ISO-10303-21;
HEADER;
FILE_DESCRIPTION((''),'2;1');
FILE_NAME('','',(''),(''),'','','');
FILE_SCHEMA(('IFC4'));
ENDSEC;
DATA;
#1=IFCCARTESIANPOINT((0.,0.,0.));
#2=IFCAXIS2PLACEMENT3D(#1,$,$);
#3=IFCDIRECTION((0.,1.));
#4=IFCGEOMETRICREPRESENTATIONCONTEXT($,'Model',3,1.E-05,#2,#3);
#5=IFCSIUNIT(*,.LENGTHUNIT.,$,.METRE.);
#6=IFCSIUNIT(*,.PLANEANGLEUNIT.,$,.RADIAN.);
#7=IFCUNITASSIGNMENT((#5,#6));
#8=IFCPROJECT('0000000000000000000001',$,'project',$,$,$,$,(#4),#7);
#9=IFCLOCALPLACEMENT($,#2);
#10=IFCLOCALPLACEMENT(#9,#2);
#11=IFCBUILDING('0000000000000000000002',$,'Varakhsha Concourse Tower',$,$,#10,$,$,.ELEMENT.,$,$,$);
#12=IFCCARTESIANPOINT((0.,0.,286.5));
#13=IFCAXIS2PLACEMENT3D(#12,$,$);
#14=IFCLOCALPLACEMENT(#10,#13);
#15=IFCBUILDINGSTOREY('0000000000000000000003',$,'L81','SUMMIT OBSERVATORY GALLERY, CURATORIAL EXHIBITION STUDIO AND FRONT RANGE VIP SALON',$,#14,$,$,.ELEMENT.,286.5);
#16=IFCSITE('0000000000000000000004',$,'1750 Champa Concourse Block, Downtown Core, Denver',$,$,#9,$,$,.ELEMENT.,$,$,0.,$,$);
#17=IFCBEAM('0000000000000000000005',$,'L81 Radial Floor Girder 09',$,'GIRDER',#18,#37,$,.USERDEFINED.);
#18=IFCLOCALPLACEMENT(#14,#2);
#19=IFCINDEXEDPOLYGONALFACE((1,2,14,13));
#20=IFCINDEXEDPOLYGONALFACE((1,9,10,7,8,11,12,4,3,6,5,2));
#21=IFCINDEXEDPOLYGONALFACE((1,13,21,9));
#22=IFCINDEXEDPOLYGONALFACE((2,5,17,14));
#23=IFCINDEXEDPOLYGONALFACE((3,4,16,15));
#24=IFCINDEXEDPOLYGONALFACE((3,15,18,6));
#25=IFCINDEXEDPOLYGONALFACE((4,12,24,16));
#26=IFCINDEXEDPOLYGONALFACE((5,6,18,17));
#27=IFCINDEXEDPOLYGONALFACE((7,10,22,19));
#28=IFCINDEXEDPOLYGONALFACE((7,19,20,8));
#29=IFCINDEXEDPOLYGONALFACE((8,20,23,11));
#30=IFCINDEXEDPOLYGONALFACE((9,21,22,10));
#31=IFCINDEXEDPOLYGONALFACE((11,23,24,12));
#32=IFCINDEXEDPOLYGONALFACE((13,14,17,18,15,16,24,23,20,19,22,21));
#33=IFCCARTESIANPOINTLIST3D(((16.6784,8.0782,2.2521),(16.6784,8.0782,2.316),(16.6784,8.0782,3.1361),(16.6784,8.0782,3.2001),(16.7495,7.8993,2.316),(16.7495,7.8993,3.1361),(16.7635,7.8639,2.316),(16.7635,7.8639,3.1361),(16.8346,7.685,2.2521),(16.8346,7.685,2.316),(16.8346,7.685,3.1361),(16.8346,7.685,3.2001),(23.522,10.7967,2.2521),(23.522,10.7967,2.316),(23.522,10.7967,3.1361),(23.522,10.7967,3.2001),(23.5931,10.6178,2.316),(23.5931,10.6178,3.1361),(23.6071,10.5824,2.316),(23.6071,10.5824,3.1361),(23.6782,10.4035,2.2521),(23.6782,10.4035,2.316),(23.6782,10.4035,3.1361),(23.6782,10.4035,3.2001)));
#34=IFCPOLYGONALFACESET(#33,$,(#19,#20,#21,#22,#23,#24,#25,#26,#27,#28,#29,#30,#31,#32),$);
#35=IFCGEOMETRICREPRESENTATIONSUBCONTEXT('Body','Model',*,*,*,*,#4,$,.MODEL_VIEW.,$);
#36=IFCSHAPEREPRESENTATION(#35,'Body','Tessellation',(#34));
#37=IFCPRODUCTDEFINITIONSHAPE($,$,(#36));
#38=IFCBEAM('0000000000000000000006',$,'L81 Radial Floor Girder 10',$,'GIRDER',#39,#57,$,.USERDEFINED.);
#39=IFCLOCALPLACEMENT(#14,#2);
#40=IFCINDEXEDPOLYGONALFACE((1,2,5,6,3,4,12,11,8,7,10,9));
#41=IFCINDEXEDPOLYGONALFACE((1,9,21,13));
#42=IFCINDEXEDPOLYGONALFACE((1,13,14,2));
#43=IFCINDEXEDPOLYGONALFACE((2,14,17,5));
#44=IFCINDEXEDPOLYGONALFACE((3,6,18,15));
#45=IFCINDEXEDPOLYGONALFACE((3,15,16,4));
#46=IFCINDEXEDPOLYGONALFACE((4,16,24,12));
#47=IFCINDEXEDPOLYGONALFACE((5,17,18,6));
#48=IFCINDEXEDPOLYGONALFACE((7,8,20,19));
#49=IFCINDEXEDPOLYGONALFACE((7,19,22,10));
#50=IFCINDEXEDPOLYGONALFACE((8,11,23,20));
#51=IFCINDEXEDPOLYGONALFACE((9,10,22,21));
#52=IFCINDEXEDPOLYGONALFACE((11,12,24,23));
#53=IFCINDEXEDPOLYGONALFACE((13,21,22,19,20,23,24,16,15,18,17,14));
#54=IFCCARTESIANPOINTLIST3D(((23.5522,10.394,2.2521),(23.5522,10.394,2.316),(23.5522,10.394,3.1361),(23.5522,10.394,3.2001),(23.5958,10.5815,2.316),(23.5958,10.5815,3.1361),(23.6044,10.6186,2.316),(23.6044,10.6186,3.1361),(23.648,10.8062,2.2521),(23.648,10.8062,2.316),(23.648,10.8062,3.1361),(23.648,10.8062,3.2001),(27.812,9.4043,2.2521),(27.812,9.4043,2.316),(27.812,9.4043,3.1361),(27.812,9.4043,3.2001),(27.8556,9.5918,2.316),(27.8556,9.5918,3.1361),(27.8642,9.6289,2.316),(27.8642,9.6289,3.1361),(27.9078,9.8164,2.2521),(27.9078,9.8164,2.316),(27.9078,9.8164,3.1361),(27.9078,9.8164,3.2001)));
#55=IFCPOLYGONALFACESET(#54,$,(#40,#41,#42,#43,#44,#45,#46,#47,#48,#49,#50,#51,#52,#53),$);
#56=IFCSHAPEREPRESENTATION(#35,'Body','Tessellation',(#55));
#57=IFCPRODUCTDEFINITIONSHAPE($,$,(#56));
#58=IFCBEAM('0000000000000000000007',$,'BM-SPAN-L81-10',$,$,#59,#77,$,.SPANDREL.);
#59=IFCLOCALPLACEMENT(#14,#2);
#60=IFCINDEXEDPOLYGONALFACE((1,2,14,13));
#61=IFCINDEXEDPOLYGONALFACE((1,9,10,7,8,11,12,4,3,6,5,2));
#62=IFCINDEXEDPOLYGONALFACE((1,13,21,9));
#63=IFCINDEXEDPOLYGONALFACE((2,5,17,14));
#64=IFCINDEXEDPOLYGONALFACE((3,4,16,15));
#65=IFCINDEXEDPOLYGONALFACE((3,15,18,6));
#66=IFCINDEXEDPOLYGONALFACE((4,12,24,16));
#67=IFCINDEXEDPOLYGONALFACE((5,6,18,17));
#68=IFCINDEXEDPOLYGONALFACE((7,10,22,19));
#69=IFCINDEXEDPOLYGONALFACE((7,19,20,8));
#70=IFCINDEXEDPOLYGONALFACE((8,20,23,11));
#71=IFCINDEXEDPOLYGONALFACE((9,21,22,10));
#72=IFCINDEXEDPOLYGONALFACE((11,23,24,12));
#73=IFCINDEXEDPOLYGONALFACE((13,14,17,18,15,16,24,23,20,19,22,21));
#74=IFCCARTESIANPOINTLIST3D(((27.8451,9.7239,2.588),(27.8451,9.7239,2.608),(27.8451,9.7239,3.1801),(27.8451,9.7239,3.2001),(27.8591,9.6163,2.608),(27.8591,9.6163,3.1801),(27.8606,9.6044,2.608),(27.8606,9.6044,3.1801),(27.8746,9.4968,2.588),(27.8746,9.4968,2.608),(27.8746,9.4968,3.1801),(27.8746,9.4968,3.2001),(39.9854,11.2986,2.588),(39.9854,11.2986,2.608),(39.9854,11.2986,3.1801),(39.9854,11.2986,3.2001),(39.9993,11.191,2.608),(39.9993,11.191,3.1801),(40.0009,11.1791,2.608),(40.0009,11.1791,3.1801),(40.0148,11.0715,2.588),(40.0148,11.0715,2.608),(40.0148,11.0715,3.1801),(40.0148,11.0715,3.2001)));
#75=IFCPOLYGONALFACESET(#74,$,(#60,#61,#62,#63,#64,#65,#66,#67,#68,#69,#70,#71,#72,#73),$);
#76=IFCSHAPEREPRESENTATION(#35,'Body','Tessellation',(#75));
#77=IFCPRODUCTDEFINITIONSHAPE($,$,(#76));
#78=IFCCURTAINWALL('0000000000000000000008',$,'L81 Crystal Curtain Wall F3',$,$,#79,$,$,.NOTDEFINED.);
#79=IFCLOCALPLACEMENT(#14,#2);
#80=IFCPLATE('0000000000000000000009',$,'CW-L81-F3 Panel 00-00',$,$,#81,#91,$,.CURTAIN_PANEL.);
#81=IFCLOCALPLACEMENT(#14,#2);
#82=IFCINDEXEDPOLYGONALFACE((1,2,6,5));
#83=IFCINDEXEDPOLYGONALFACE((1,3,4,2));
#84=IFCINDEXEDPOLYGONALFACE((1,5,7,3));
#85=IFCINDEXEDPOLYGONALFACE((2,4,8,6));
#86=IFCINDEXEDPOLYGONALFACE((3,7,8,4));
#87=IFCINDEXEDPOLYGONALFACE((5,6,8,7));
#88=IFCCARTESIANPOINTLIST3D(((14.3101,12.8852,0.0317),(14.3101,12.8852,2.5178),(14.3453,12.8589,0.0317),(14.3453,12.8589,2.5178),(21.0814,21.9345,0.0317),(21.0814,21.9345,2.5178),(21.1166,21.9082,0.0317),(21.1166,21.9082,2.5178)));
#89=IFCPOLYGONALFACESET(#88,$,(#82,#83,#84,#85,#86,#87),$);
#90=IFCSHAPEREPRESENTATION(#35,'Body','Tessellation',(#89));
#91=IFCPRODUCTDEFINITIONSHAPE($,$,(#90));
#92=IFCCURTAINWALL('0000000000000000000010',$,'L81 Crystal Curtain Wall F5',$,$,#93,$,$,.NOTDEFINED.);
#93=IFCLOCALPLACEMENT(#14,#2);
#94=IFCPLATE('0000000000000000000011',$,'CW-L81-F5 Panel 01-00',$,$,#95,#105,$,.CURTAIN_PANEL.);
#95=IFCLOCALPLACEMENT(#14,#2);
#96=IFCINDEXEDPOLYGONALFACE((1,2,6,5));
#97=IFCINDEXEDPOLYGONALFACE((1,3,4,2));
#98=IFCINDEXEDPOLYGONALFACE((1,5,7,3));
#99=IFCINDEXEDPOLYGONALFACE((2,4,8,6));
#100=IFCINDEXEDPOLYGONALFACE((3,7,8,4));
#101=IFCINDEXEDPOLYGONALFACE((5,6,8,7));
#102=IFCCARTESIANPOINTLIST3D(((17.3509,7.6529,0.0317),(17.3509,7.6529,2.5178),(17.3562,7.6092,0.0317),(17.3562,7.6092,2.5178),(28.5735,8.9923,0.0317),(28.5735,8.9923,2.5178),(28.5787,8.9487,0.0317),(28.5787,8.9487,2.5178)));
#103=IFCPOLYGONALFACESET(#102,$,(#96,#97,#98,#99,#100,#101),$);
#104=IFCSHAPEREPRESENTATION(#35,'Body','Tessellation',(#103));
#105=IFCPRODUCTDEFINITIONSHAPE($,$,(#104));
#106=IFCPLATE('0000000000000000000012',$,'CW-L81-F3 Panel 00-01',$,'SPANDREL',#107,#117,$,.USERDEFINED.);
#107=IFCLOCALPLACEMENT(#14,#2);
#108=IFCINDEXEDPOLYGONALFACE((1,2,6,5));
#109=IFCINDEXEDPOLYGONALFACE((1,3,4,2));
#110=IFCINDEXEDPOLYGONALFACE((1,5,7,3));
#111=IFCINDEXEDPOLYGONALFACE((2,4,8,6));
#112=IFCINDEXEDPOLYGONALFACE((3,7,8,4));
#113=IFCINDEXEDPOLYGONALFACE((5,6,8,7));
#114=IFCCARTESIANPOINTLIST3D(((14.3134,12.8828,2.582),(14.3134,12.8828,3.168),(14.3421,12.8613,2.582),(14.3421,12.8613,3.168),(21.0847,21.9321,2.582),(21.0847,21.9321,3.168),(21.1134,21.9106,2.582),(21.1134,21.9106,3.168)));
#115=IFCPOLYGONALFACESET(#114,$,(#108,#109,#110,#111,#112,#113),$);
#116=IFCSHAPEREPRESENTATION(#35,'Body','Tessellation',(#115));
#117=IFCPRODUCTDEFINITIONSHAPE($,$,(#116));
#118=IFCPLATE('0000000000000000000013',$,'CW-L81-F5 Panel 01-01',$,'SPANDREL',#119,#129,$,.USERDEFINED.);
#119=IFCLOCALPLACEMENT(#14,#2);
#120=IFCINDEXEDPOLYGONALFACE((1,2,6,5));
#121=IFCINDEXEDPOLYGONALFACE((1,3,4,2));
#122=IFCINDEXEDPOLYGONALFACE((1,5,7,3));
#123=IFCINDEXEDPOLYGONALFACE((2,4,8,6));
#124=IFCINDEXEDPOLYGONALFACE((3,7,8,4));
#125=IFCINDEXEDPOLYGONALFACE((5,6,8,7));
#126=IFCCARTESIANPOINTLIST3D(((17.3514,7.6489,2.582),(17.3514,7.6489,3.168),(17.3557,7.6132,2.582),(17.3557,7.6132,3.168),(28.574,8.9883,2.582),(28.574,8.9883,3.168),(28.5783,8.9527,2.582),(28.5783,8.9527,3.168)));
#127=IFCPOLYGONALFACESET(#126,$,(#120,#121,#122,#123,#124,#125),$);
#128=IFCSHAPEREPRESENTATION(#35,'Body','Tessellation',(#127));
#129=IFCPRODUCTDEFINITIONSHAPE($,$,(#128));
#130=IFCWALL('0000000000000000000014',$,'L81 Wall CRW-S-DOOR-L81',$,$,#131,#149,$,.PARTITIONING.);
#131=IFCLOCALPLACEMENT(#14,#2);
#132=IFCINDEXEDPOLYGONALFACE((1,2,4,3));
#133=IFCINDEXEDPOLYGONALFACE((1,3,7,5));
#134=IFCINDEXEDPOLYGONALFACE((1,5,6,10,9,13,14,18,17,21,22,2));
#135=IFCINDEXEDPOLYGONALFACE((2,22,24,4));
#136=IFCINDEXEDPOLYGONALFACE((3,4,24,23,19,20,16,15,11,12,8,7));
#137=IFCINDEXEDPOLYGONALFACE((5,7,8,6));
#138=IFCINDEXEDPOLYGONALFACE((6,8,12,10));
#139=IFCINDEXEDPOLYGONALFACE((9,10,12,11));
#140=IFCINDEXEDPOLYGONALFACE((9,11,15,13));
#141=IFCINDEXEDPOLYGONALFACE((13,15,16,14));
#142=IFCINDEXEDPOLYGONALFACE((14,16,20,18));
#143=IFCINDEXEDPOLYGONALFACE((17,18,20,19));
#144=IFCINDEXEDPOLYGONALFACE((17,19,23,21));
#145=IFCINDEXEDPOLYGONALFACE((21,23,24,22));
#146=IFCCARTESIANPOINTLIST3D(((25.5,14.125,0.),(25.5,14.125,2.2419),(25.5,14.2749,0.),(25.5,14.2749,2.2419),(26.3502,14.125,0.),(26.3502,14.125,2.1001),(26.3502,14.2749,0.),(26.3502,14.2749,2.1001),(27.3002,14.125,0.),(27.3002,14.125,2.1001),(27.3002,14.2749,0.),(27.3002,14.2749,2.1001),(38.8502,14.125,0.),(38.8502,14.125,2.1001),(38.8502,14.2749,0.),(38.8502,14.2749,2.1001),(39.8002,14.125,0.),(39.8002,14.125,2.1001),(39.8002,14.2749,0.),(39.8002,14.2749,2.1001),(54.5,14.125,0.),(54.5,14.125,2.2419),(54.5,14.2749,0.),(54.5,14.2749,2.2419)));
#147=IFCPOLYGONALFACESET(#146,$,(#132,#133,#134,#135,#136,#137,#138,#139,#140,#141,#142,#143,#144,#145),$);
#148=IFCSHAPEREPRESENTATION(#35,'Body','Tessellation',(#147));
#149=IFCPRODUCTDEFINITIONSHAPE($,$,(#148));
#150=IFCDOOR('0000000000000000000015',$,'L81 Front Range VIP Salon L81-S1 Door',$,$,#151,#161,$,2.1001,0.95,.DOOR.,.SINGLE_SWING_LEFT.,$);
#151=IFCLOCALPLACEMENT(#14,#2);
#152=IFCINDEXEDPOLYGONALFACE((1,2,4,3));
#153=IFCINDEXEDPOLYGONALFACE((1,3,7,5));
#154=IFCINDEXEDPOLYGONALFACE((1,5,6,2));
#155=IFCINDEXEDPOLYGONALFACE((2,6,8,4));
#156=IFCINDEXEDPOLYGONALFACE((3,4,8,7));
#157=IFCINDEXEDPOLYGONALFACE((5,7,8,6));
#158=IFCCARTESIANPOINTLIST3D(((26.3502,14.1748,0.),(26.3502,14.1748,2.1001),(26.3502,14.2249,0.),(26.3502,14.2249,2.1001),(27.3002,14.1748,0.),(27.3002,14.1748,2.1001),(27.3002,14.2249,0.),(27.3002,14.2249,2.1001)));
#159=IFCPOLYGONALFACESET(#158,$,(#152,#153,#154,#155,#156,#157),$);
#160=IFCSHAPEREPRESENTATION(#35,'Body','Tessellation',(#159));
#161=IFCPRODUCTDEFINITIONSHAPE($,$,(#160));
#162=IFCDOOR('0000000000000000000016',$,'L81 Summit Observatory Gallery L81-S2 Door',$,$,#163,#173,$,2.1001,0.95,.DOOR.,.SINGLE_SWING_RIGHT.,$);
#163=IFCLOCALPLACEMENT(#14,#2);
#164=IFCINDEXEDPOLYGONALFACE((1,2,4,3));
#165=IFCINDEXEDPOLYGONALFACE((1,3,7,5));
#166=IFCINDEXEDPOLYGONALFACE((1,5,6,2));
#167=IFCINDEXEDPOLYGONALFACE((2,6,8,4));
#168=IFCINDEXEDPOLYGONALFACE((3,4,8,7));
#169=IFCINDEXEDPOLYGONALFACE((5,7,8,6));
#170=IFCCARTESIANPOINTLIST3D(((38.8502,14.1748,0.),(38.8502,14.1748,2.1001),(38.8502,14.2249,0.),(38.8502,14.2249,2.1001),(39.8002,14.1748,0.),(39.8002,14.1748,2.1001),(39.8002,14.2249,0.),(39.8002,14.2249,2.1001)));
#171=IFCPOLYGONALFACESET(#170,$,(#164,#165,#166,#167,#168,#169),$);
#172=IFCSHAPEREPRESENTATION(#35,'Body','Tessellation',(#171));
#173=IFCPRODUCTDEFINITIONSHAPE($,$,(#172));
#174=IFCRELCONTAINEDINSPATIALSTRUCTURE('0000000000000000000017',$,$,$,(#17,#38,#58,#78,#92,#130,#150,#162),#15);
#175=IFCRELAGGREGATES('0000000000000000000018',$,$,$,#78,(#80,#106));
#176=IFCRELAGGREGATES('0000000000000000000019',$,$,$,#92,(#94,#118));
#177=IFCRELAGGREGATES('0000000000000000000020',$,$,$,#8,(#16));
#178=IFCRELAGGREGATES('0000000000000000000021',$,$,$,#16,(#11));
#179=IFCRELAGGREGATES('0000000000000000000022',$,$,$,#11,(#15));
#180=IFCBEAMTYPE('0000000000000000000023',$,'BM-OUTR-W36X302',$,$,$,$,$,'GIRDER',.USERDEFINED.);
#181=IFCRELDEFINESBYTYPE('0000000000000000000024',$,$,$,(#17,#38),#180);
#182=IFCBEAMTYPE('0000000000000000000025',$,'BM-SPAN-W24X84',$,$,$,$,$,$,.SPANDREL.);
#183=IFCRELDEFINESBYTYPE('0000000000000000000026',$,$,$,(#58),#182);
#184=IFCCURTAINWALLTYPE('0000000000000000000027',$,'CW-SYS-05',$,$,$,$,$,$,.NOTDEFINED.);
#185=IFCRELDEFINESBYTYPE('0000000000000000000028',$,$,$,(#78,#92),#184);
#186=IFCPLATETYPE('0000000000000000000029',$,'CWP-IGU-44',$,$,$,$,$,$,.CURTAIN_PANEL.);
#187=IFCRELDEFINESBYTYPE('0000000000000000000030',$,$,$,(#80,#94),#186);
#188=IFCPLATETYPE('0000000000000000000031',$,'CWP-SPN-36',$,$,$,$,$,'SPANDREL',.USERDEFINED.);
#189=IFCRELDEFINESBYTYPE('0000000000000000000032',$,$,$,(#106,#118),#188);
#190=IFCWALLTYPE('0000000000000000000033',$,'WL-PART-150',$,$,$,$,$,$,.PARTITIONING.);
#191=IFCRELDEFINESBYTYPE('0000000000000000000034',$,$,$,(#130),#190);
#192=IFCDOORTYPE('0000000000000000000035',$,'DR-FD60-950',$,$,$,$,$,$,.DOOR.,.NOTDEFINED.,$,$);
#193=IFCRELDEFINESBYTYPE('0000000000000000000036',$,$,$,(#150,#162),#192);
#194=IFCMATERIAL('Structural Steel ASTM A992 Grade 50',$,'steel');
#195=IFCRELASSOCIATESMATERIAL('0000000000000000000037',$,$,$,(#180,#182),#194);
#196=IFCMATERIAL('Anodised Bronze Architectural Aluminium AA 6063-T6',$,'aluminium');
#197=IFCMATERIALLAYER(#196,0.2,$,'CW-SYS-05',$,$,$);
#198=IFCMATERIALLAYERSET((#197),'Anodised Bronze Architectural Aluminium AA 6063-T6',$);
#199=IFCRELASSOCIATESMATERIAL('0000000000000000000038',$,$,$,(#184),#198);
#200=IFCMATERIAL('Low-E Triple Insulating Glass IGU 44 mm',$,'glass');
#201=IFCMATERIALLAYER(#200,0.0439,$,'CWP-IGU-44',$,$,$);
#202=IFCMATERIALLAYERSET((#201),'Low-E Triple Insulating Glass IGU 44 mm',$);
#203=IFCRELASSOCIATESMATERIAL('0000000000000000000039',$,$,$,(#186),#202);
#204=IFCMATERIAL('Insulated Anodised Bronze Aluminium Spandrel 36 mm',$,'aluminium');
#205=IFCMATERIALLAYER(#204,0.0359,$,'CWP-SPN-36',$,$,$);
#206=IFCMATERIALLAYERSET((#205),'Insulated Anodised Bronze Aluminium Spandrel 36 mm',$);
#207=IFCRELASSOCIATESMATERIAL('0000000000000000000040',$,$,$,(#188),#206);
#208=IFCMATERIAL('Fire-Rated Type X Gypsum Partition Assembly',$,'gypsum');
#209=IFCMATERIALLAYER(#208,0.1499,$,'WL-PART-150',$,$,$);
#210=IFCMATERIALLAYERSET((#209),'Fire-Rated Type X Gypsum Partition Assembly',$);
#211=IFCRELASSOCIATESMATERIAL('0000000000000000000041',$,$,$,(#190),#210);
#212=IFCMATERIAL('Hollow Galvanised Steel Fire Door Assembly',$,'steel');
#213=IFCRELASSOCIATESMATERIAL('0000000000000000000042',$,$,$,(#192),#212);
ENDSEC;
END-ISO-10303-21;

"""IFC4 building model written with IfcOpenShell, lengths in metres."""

from ifc_helpers import new_model, si_unit, direction, frame, frame_2d, origin, origin_2d, place, context, subcontext, project, spatial, rectangle, i_section, extrude, source, transform, mapped, material, layer, layer_set, material_profile, profile_set, type_object, type_shapes, element, fill, aggregate, save


model = new_model("IFC4")

# Units and contexts
model_context = context("Model", 3, precision=1e-05, world=origin(), true_north=direction((0.0, 1.0)))
body_context = subcontext(model_context, "Body", "Model", "MODEL_VIEW")
ifc_project = project(units=[si_unit("LENGTHUNIT", "METRE"), si_unit("PLANEANGLEUNIT", "RADIAN")], contexts=[model_context])

# Site, building, storey
site_placement = place(None, origin())
site = spatial("IfcSite", under=ifc_project, at=site_placement, Name="1750 Champa Concourse Block, Downtown Core, Denver", CompositionType="ELEMENT", RefElevation=0.0)
building_placement = place(site_placement, origin())
building = spatial("IfcBuilding", under=site, at=building_placement, Name="Varakhsha Concourse Tower", CompositionType="ELEMENT")
storey_placement = place(building_placement, frame((0.0, 0.0, 286.5)))
storey = spatial("IfcBuildingStorey", under=building, at=storey_placement, Name="L81", Description="SUMMIT OBSERVATORY GALLERY, CURATORIAL EXHIBITION STUDIO AND FRONT RANGE VIP SALON", CompositionType="ELEMENT", Elevation=286.5)

# Shared definitions
ifc_material_1 = material(Name="Structural Steel ASTM A992 Grade 50", Category="steel")

# Beams
ifc_material_profile_1 = material_profile(ifc_material_1, i_section(OverallWidth=0.4231, OverallDepth=0.948, WebThickness=0.0381, FlangeThickness=0.064, at=origin_2d()), Name="W36X302")
ifc_profile_set_1 = profile_set([ifc_material_profile_1], Name="Structural Steel ASTM A992 Grade 50")
beam_type_1 = type_object("IfcBeamType", Name="BM-OUTR-W36X302", ElementType="GIRDER", PredefinedType="USERDEFINED", material=ifc_profile_set_1)
beam_1_placement = place(storey_placement, frame((23.6001, 10.6001, 2.7261), z_axis=(-0.929359, -0.369177, 0.0), x_axis=(0.369177, -0.929359, 0.0)))
element("IfcBeam", 1, at=beam_1_placement, inside=storey, type_object=beam_type_1, Name="L81 Radial Floor Girder 09", ObjectType="GIRDER", PredefinedType="USERDEFINED", context=body_context, shape_type="SweptSolid", body=[
    extrude(i_section(OverallWidth=0.4231, OverallDepth=0.948, WebThickness=0.0381, FlangeThickness=0.064, at=origin_2d()), origin(), (0.0, 0.0, 1.0), 7.3638),
])
beam_2_placement = place(storey_placement, frame((23.6001, 10.6001, 2.7261), z_axis=(0.974053, -0.226319, 0.0), x_axis=(0.226319, 0.974053, 0.0)))
element("IfcBeam", 2, at=beam_2_placement, inside=storey, type_object=beam_type_1, Name="L81 Radial Floor Girder 10", ObjectType="GIRDER", PredefinedType="USERDEFINED", context=body_context, shape_type="SweptSolid", body=[
    extrude(i_section(OverallWidth=0.4231, OverallDepth=0.948, WebThickness=0.0381, FlangeThickness=0.064, at=origin_2d()), origin(), (0.0, 0.0, 1.0), 4.3733),
])
ifc_material_profile_2 = material_profile(ifc_material_1, i_section(OverallWidth=0.229, OverallDepth=0.6121, WebThickness=0.012, FlangeThickness=0.02, at=origin_2d()), Name="W24X84")
ifc_profile_set_2 = profile_set([ifc_material_profile_2], Name="Structural Steel ASTM A992 Grade 50")
beam_type_2 = type_object("IfcBeamType", Name="BM-SPAN-W24X84", PredefinedType="SPANDREL", material=ifc_profile_set_2)
beam_3_placement = place(storey_placement, frame((27.8599, 9.6104, 2.894), z_axis=(0.991692, 0.128633, 0.0), x_axis=(-0.128633, 0.991692, 0.0)))
element("IfcBeam", 3, at=beam_3_placement, inside=storey, type_object=beam_type_2, Name="BM-SPAN-L81-10", PredefinedType="SPANDREL", context=body_context, shape_type="SweptSolid", body=[
    extrude(i_section(OverallWidth=0.229, OverallDepth=0.6121, WebThickness=0.012, FlangeThickness=0.02, at=origin_2d()), origin(), (0.0, 0.0, 1.0), 12.2419),
])

# Curtain walls, plates
ifc_material_2 = material(Name="Anodised Bronze Architectural Aluminium AA 6063-T6", Category="aluminium")
ifc_layer_1 = layer(ifc_material_2, 0.2, Name="CW-SYS-05")
ifc_layer_set_1 = layer_set([ifc_layer_1], Name="Anodised Bronze Architectural Aluminium AA 6063-T6")
curtain_wall_type = type_object("IfcCurtainWallType", Name="CW-SYS-05", PredefinedType="NOTDEFINED", material=ifc_layer_set_1)
curtain_wall_1_placement = place(storey_placement, origin())
curtain_wall_1 = element("IfcCurtainWall", 4, at=curtain_wall_1_placement, inside=storey, type_object=curtain_wall_type, Name="L81 Crystal Curtain Wall F3", PredefinedType="NOTDEFINED")
ifc_material_3 = material(Name="Low-E Triple Insulating Glass IGU 44 mm", Category="glass")
ifc_layer_2 = layer(ifc_material_3, 0.0439, Name="CWP-IGU-44")
ifc_layer_set_2 = layer_set([ifc_layer_2], Name="Low-E Triple Insulating Glass IGU 44 mm")
plate_type_1 = type_object("IfcPlateType", Name="CWP-IGU-44", PredefinedType="CURTAIN_PANEL", material=ifc_layer_set_2)
shared_shape_1 = source(origin(), body_context, "Body", "SweptSolid", [
    extrude(rectangle(XDim=11.3022, YDim=0.0439, at=origin_2d()), origin(), (0.0, 0.0, 1.0), 2.4861),
])
type_shapes(plate_type_1, [shared_shape_1])
plate_1_placement = place(storey_placement, frame((17.7134, 17.3967, 0.0317), z_axis=(0.0, 0.0, 1.0), x_axis=(0.599113, 0.800664, 0.0)))
plate_1 = element("IfcPlate", 5, at=plate_1_placement, type_object=plate_type_1, Name="CW-L81-F3 Panel 00-00", PredefinedType="CURTAIN_PANEL", context=body_context, shape_type="MappedRepresentation", body=[
    mapped(shared_shape_1, transform((0.0, 0.0, 0.0), scale=1.0)),
])
curtain_wall_2_placement = place(storey_placement, origin())
curtain_wall_2 = element("IfcCurtainWall", 6, at=curtain_wall_2_placement, inside=storey, type_object=curtain_wall_type, Name="L81 Crystal Curtain Wall F5", PredefinedType="NOTDEFINED")
plate_2_placement = place(storey_placement, frame((22.9648, 8.3008, 0.0317), z_axis=(0.0, 0.0, 1.0), x_axis=(-0.992952, -0.118513, 0.0)))
plate_2 = element("IfcPlate", 7, at=plate_2_placement, type_object=plate_type_1, Name="CW-L81-F5 Panel 01-00", PredefinedType="CURTAIN_PANEL", context=body_context, shape_type="MappedRepresentation", body=[
    mapped(shared_shape_1, transform((0.0, 0.0, 0.0), scale=1.0)),
])

# Plates
ifc_material_4 = material(Name="Insulated Anodised Bronze Aluminium Spandrel 36 mm", Category="aluminium")
ifc_layer_3 = layer(ifc_material_4, 0.0359, Name="CWP-SPN-36")
ifc_layer_set_3 = layer_set([ifc_layer_3], Name="Insulated Anodised Bronze Aluminium Spandrel 36 mm")
plate_type_2 = type_object("IfcPlateType", Name="CWP-SPN-36", ElementType="SPANDREL", PredefinedType="USERDEFINED", material=ifc_layer_set_3)
shared_shape_2 = source(origin(), body_context, "Body", "SweptSolid", [
    extrude(rectangle(XDim=11.3022, YDim=0.0359, at=origin_2d()), origin(), (0.0, 0.0, 1.0), 0.5859),
])
type_shapes(plate_type_2, [shared_shape_2])
plate_3_placement = place(storey_placement, frame((17.7134, 17.3967, 2.582), z_axis=(0.0, 0.0, 1.0), x_axis=(0.599113, 0.800664, 0.0)))
plate_3 = element("IfcPlate", 8, at=plate_3_placement, type_object=plate_type_2, Name="CW-L81-F3 Panel 00-01", ObjectType="SPANDREL", PredefinedType="USERDEFINED", context=body_context, shape_type="MappedRepresentation", body=[
    mapped(shared_shape_2, transform((0.0, 0.0, 0.0), scale=1.0)),
])
aggregate(curtain_wall_1, [plate_1, plate_3])
plate_4_placement = place(storey_placement, frame((22.9648, 8.3008, 2.582), z_axis=(0.0, 0.0, 1.0), x_axis=(-0.992952, -0.118513, 0.0)))
plate_4 = element("IfcPlate", 9, at=plate_4_placement, type_object=plate_type_2, Name="CW-L81-F5 Panel 01-01", ObjectType="SPANDREL", PredefinedType="USERDEFINED", context=body_context, shape_type="MappedRepresentation", body=[
    mapped(shared_shape_2, transform((0.0, 0.0, 0.0), scale=1.0)),
])
aggregate(curtain_wall_2, [plate_2, plate_4])

# Wall, openings, doors
ifc_material_5 = material(Name="Fire-Rated Type X Gypsum Partition Assembly", Category="gypsum")
ifc_layer_4 = layer(ifc_material_5, 0.1499, Name="WL-PART-150")
ifc_layer_set_4 = layer_set([ifc_layer_4], Name="Fire-Rated Type X Gypsum Partition Assembly")
wall_type = type_object("IfcWallType", Name="WL-PART-150", PredefinedType="PARTITIONING", material=ifc_layer_set_4)
wall_placement = place(storey_placement, frame((25.5, 14.2, 0.0), z_axis=(0.0, 0.0, 1.0), x_axis=(1.0, 0.0, 0.0)))
wall = element("IfcWall", 10, at=wall_placement, inside=storey, type_object=wall_type, Name="L81 Wall CRW-S-DOOR-L81", PredefinedType="PARTITIONING", context=body_context, shape_type="SweptSolid", body=[
    extrude(rectangle(XDim=29.0, YDim=0.1499, at=frame_2d((14.5, 0.0))), origin(), (0.0, 0.0, 1.0), 2.2419),
])
opening_1_placement = place(wall_placement, frame((0.8501, 0.0, 0.0)))
opening_1 = element("IfcOpeningElement", 11, at=opening_1_placement, cuts=wall, PredefinedType="OPENING", context=body_context, shape_type="SweptSolid", body=[
    extrude(rectangle(XDim=0.95, YDim=2.1001, at=frame_2d((0.4751, 1.05))), frame((0.0, 0.085, 0.0), z_axis=(0.0, -1.0, 0.0), x_axis=(1.0, 0.0, 0.0)), (0.0, 0.0, 1.0), 0.1699),
])
opening_2_placement = place(wall_placement, frame((13.3501, 0.0, 0.0)))
opening_2 = element("IfcOpeningElement", 12, at=opening_2_placement, cuts=wall, PredefinedType="OPENING", context=body_context, shape_type="SweptSolid", body=[
    extrude(rectangle(XDim=0.95, YDim=2.1001, at=frame_2d((0.4751, 1.05))), frame((0.0, 0.085, 0.0), z_axis=(0.0, -1.0, 0.0), x_axis=(1.0, 0.0, 0.0)), (0.0, 0.0, 1.0), 0.1699),
])
ifc_material_6 = material(Name="Hollow Galvanised Steel Fire Door Assembly", Category="steel")
door_type = type_object("IfcDoorType", Name="DR-FD60-950", OperationType="NOTDEFINED", PredefinedType="DOOR", material=ifc_material_6)
door_1_placement = place(opening_1_placement, origin())
door_1 = element("IfcDoor", 13, at=door_1_placement, inside=storey, type_object=door_type, Name="L81 Front Range VIP Salon L81-S1 Door", OperationType="SINGLE_SWING_LEFT", OverallHeight=2.1001, OverallWidth=0.95, PredefinedType="DOOR", context=body_context, shape_type="SweptSolid", body=[
    extrude(rectangle(XDim=0.95, YDim=2.1001, at=frame_2d((0.4751, 1.05))), frame((0.0, 0.0249, 0.0), z_axis=(0.0, -1.0, 0.0), x_axis=(1.0, 0.0, 0.0)), (0.0, 0.0, 1.0), 0.05),
])
fill(opening_1, door_1)
door_2_placement = place(opening_2_placement, origin())
door_2 = element("IfcDoor", 14, at=door_2_placement, inside=storey, type_object=door_type, Name="L81 Summit Observatory Gallery L81-S2 Door", OperationType="SINGLE_SWING_RIGHT", OverallHeight=2.1001, OverallWidth=0.95, PredefinedType="DOOR", context=body_context, shape_type="SweptSolid", body=[
    extrude(rectangle(XDim=0.95, YDim=2.1001, at=frame_2d((0.4751, 1.05))), frame((0.0, 0.0249, 0.0), z_axis=(0.0, -1.0, 0.0), x_axis=(1.0, 0.0, 0.0)), (0.0, 0.0, 1.0), 0.05),
])
fill(opening_2, door_2)

save(model, "model.ifc")
